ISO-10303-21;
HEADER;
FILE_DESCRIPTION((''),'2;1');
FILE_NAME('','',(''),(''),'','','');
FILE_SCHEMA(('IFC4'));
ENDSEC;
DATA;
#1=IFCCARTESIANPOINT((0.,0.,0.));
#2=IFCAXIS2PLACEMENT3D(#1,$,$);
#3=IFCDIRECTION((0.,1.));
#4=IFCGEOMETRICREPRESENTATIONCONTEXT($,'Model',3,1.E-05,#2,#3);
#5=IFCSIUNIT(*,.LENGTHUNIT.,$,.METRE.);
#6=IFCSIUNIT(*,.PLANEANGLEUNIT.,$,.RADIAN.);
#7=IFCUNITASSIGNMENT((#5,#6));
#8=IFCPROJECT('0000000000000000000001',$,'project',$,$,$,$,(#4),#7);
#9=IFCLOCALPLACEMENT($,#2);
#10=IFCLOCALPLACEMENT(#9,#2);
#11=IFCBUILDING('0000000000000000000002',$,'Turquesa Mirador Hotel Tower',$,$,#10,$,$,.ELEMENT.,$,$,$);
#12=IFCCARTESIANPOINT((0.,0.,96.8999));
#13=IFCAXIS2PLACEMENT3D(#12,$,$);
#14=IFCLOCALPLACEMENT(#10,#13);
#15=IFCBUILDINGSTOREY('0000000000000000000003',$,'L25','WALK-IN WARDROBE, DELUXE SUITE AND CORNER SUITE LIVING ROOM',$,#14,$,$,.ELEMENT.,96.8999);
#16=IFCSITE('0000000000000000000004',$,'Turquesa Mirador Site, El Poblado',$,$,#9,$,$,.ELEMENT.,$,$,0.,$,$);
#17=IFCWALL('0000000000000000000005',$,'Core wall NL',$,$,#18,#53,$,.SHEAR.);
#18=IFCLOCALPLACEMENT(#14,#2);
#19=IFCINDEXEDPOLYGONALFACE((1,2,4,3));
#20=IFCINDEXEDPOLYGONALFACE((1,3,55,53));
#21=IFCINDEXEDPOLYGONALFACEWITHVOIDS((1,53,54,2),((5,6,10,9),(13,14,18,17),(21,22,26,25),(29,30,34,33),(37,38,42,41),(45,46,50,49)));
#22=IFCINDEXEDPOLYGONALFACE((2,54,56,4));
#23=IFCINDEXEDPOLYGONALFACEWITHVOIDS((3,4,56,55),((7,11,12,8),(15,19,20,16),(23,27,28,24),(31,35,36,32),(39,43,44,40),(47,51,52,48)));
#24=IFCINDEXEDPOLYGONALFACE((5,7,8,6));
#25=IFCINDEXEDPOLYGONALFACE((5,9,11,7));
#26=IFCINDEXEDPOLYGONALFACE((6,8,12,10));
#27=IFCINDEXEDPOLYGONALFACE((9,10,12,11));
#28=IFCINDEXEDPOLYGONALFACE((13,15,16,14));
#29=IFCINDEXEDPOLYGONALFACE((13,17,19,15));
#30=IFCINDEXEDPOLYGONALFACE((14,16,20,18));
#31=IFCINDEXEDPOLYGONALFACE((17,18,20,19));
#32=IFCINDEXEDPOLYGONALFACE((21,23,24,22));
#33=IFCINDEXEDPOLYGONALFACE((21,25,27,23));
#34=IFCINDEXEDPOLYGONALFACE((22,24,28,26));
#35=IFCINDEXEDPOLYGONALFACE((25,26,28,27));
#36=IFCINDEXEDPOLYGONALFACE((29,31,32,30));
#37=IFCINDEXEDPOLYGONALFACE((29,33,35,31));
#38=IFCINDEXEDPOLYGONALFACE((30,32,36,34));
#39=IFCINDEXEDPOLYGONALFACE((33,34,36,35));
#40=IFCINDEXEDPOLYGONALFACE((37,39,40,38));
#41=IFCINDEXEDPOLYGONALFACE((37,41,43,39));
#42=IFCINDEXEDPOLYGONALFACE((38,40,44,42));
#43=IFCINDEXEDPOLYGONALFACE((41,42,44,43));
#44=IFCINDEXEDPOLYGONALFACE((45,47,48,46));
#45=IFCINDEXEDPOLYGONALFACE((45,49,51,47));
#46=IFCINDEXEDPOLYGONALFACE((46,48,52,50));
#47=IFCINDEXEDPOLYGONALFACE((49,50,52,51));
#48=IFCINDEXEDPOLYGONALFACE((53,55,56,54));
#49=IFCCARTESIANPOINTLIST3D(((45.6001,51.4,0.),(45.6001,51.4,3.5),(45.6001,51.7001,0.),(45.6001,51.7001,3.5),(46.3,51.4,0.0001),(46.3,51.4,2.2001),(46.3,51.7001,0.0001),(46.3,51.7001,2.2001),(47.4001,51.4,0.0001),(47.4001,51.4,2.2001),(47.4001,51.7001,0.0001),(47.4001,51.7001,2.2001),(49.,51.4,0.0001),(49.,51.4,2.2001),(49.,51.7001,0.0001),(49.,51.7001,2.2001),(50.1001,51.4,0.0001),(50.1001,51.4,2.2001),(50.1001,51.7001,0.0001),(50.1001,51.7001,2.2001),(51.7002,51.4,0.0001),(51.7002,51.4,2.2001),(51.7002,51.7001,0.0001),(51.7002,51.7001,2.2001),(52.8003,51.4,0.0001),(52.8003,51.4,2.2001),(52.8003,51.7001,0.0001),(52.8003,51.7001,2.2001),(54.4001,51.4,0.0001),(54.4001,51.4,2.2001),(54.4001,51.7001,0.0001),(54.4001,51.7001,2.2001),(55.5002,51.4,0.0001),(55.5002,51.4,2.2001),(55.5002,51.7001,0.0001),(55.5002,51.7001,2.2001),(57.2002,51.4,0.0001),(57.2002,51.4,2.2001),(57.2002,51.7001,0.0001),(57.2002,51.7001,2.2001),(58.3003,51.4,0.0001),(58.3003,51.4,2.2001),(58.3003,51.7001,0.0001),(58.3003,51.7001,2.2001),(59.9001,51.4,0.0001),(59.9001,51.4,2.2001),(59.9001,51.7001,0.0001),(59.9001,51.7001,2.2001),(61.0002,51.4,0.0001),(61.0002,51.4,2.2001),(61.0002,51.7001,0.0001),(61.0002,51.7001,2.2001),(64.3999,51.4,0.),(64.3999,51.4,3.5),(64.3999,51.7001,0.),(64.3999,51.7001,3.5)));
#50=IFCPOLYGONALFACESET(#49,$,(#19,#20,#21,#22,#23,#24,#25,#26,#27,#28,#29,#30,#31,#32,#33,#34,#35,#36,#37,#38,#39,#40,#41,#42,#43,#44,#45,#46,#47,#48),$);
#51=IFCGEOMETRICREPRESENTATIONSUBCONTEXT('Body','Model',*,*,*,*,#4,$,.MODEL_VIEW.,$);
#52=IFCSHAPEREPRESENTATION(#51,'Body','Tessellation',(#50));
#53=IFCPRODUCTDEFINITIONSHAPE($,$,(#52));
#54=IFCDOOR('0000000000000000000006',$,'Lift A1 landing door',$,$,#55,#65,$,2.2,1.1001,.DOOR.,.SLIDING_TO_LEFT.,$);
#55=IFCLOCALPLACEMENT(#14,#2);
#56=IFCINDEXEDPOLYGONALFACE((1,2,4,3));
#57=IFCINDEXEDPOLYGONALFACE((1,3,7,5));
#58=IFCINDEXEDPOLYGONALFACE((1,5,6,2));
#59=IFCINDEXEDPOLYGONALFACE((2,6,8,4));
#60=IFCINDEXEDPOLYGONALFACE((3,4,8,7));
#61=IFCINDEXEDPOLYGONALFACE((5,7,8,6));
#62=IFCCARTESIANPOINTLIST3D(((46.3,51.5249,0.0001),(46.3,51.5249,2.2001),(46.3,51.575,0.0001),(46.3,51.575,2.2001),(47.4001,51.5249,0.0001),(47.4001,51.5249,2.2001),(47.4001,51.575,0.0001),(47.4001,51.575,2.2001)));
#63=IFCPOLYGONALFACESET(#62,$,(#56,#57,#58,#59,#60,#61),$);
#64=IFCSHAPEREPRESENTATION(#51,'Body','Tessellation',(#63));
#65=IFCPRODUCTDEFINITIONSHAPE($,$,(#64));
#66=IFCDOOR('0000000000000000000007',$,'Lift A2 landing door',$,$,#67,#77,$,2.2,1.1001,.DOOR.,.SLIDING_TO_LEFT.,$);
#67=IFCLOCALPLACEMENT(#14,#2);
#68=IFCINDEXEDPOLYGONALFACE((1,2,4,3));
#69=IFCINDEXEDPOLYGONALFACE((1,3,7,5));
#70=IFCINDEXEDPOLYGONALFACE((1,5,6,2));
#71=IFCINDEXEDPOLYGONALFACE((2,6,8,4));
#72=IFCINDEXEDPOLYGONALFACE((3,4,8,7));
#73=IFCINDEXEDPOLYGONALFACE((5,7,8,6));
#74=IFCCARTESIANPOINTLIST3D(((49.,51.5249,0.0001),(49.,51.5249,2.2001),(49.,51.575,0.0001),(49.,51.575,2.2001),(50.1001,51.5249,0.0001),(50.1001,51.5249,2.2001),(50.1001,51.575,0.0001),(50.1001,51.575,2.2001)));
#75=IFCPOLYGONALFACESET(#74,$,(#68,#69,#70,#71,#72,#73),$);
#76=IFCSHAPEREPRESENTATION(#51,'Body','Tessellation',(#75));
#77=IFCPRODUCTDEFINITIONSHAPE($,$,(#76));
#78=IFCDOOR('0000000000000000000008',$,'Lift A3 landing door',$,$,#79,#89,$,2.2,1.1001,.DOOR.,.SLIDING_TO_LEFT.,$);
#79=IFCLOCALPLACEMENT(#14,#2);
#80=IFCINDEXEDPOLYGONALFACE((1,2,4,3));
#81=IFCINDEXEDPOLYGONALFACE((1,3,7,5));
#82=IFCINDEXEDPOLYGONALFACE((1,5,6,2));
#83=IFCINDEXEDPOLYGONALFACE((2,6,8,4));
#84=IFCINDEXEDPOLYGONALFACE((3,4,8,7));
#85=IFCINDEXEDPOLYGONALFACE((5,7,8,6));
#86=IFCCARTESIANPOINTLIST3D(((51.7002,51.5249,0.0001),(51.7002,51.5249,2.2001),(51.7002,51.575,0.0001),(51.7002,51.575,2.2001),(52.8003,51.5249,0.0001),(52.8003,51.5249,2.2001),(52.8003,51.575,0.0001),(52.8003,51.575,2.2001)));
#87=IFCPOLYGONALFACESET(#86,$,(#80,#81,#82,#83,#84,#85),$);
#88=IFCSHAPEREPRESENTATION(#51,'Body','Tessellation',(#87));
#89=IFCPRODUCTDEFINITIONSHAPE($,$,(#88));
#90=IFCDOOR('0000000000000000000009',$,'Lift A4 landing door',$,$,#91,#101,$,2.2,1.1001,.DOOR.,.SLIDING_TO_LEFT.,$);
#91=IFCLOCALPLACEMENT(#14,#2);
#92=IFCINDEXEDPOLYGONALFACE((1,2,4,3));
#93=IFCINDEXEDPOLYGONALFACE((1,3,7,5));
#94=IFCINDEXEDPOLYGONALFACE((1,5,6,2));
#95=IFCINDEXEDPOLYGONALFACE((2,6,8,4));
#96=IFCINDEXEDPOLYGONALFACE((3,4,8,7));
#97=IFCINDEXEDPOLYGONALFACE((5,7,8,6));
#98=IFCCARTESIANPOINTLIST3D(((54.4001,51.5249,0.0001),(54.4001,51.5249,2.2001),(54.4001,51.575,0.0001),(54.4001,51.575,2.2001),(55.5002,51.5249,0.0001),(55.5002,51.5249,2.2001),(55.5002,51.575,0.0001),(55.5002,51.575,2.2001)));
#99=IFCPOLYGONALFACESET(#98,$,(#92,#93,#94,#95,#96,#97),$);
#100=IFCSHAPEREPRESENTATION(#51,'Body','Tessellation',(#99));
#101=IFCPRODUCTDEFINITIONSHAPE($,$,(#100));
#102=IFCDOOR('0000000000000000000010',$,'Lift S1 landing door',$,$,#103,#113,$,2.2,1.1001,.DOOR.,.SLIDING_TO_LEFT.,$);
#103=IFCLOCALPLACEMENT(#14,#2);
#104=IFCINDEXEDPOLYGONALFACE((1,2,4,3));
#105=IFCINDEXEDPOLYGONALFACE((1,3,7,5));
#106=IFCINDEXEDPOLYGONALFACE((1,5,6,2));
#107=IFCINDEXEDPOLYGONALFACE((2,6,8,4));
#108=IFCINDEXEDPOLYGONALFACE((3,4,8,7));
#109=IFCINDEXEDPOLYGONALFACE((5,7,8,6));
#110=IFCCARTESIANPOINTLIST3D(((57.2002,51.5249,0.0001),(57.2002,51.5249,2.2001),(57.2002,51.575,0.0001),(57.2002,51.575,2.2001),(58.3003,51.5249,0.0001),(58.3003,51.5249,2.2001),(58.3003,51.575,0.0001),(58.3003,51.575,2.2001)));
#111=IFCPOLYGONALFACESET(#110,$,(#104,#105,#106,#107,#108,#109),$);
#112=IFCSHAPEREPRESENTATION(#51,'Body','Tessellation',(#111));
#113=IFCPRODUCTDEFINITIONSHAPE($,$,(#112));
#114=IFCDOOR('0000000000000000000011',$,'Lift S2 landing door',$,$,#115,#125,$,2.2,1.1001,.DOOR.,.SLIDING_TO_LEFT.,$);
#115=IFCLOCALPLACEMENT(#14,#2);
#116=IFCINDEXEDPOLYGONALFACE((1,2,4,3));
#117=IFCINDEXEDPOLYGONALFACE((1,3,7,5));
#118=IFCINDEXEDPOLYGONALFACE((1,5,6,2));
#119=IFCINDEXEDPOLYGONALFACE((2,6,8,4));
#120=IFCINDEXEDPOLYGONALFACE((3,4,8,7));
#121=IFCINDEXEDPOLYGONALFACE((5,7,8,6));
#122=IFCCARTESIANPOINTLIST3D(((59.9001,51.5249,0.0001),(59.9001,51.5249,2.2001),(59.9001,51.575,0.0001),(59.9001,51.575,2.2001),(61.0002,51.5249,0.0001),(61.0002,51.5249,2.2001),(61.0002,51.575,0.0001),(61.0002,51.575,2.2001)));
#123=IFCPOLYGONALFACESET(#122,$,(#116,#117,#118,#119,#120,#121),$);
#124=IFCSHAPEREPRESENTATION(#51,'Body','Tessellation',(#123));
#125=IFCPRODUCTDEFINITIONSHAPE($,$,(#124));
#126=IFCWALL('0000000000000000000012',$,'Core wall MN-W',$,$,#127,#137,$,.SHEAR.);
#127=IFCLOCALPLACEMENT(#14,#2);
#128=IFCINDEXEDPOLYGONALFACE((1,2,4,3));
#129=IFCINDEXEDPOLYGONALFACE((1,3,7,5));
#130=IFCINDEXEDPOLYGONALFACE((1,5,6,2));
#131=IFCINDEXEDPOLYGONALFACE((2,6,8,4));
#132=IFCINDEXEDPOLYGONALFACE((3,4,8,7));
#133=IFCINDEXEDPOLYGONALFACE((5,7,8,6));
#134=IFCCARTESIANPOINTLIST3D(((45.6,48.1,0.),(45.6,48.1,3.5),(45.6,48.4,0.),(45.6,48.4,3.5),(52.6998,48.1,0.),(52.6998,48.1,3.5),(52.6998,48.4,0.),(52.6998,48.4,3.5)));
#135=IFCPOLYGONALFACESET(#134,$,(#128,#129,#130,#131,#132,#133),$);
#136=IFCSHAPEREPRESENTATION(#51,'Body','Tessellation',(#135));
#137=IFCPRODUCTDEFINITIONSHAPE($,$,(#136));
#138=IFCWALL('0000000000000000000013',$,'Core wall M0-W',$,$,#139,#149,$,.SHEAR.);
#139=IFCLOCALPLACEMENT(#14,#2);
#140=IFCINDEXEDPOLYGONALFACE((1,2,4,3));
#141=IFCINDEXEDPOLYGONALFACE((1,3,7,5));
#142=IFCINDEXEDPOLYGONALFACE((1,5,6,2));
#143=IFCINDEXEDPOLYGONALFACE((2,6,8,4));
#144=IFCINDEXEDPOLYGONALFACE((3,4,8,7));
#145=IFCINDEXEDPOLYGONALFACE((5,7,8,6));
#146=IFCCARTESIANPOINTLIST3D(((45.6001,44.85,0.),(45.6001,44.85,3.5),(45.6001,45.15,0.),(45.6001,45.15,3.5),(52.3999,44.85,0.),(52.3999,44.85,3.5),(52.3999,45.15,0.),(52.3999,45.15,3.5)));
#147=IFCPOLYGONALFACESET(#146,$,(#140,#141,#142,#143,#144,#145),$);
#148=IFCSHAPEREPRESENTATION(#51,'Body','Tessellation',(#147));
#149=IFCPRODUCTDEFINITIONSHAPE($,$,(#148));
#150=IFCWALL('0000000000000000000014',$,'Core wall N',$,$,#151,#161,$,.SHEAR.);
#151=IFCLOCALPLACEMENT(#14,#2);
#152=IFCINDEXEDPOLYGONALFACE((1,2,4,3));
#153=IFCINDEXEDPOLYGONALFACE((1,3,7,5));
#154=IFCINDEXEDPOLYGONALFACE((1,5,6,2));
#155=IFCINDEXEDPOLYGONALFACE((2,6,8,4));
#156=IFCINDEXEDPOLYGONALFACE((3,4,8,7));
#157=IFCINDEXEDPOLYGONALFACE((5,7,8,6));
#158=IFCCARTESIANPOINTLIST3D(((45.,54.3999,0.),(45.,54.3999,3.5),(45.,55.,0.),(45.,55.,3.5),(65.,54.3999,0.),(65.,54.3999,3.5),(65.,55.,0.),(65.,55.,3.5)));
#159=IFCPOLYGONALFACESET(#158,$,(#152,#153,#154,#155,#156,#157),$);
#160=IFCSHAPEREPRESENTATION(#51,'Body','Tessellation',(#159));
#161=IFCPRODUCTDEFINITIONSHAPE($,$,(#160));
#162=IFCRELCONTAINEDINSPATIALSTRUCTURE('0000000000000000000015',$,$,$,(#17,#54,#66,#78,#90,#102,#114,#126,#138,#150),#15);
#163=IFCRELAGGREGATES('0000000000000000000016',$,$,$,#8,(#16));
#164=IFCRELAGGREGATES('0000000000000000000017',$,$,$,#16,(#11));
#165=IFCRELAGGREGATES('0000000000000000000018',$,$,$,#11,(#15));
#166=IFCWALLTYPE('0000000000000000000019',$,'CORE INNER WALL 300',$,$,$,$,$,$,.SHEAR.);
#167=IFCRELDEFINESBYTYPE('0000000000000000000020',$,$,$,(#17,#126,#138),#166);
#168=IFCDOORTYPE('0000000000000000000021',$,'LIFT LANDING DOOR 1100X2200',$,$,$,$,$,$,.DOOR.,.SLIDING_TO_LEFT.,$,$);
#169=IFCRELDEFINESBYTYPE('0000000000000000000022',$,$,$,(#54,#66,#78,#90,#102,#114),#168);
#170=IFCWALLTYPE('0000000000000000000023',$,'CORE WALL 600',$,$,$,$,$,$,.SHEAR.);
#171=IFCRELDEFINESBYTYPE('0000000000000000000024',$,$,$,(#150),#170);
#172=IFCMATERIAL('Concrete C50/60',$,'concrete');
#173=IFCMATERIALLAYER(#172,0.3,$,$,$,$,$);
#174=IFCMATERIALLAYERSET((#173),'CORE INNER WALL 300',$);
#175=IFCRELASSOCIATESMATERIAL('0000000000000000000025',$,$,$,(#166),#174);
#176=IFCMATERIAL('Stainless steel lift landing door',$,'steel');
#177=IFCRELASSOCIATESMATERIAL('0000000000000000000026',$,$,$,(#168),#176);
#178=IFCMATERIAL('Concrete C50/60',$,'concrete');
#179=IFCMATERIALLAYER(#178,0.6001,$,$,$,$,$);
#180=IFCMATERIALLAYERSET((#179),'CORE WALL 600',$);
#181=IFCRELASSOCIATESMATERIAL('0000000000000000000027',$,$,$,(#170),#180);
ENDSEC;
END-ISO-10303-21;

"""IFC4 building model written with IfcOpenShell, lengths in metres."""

from ifc_helpers import new_model, si_unit, direction, frame, frame_2d, origin, place, context, subcontext, project, spatial, rectangle, extrude, material, layer, layer_set, type_object, element, fill, save


model = new_model("IFC4")

# Units and contexts
model_context = context("Model", 3, precision=1e-05, world=origin(), true_north=direction((0.0, 1.0)))
body_context = subcontext(model_context, "Body", "Model", "MODEL_VIEW")
ifc_project = project(units=[si_unit("LENGTHUNIT", "METRE"), si_unit("PLANEANGLEUNIT", "RADIAN")], contexts=[model_context])

# Site, building, storey
site_placement = place(None, origin())
site = spatial("IfcSite", under=ifc_project, at=site_placement, Name="Turquesa Mirador Site, El Poblado", CompositionType="ELEMENT", RefElevation=0.0)
building_placement = place(site_placement, origin())
building = spatial("IfcBuilding", under=site, at=building_placement, Name="Turquesa Mirador Hotel Tower", CompositionType="ELEMENT")
storey_placement = place(building_placement, frame((0.0, 0.0, 96.8999)))
storey = spatial("IfcBuildingStorey", under=building, at=storey_placement, Name="L25", Description="WALK-IN WARDROBE, DELUXE SUITE AND CORNER SUITE LIVING ROOM", CompositionType="ELEMENT", Elevation=96.8999)

# Wall, openings, doors
ifc_material_1 = material(Name="Concrete C50/60", Category="concrete")
ifc_layer_1 = layer(ifc_material_1, 0.3)
ifc_layer_set_1 = layer_set([ifc_layer_1], Name="CORE INNER WALL 300")
wall_type_1 = type_object("IfcWallType", Name="CORE INNER WALL 300", PredefinedType="SHEAR", material=ifc_layer_set_1)
wall_1_placement = place(storey_placement, frame((45.6001, 51.55, 0.0), z_axis=(0.0, 0.0, 1.0), x_axis=(1.0, 0.0, 0.0)))
wall_1 = element("IfcWall", 1, at=wall_1_placement, inside=storey, type_object=wall_type_1, Name="Core wall NL", PredefinedType="SHEAR", context=body_context, shape_type="SweptSolid", body=[
    extrude(rectangle(XDim=18.7998, YDim=0.3, at=frame_2d((9.3999, 0.0))), origin(), (0.0, 0.0, 1.0), 3.5),
])
opening_1_placement = place(wall_1_placement, frame((0.7, 0.0, 0.0)))
opening_1 = element("IfcOpeningElement", 2, at=opening_1_placement, cuts=wall_1, PredefinedType="OPENING", context=body_context, shape_type="SweptSolid", body=[
    extrude(rectangle(XDim=1.1001, YDim=2.2, at=frame_2d((0.55, 1.1001))), frame((0.0, 0.1599, 0.0), z_axis=(0.0, -1.0, 0.0), x_axis=(1.0, 0.0, 0.0)), (0.0, 0.0, 1.0), 0.3201),
])
opening_2_placement = place(wall_1_placement, frame((3.3999, 0.0, 0.0)))
opening_2 = element("IfcOpeningElement", 3, at=opening_2_placement, cuts=wall_1, PredefinedType="OPENING", context=body_context, shape_type="SweptSolid", body=[
    extrude(rectangle(XDim=1.1001, YDim=2.2, at=frame_2d((0.55, 1.1001))), frame((0.0, 0.1599, 0.0), z_axis=(0.0, -1.0, 0.0), x_axis=(1.0, 0.0, 0.0)), (0.0, 0.0, 1.0), 0.3201),
])
opening_3_placement = place(wall_1_placement, frame((6.1001, 0.0, 0.0)))
opening_3 = element("IfcOpeningElement", 4, at=opening_3_placement, cuts=wall_1, PredefinedType="OPENING", context=body_context, shape_type="SweptSolid", body=[
    extrude(rectangle(XDim=1.1001, YDim=2.2, at=frame_2d((0.55, 1.1001))), frame((0.0, 0.1599, 0.0), z_axis=(0.0, -1.0, 0.0), x_axis=(1.0, 0.0, 0.0)), (0.0, 0.0, 1.0), 0.3201),
])
opening_4_placement = place(wall_1_placement, frame((8.8, 0.0, 0.0)))
opening_4 = element("IfcOpeningElement", 5, at=opening_4_placement, cuts=wall_1, PredefinedType="OPENING", context=body_context, shape_type="SweptSolid", body=[
    extrude(rectangle(XDim=1.1001, YDim=2.2, at=frame_2d((0.55, 1.1001))), frame((0.0, 0.1599, 0.0), z_axis=(0.0, -1.0, 0.0), x_axis=(1.0, 0.0, 0.0)), (0.0, 0.0, 1.0), 0.3201),
])
opening_5_placement = place(wall_1_placement, frame((11.6001, 0.0, 0.0)))
opening_5 = element("IfcOpeningElement", 6, at=opening_5_placement, cuts=wall_1, PredefinedType="OPENING", context=body_context, shape_type="SweptSolid", body=[
    extrude(rectangle(XDim=1.1001, YDim=2.2, at=frame_2d((0.55, 1.1001))), frame((0.0, 0.1599, 0.0), z_axis=(0.0, -1.0, 0.0), x_axis=(1.0, 0.0, 0.0)), (0.0, 0.0, 1.0), 0.3201),
])
opening_6_placement = place(wall_1_placement, frame((14.3, 0.0, 0.0)))
opening_6 = element("IfcOpeningElement", 7, at=opening_6_placement, cuts=wall_1, PredefinedType="OPENING", context=body_context, shape_type="SweptSolid", body=[
    extrude(rectangle(XDim=1.1001, YDim=2.2, at=frame_2d((0.55, 1.1001))), frame((0.0, 0.1599, 0.0), z_axis=(0.0, -1.0, 0.0), x_axis=(1.0, 0.0, 0.0)), (0.0, 0.0, 1.0), 0.3201),
])
ifc_material_2 = material(Name="Stainless steel lift landing door", Category="steel")
door_type_1 = type_object("IfcDoorType", Name="LIFT LANDING DOOR 1100X2200", OperationType="SLIDING_TO_LEFT", PredefinedType="DOOR", material=ifc_material_2)
door_1_placement = place(opening_1_placement, origin())
door_1 = element("IfcDoor", 8, at=door_1_placement, inside=storey, type_object=door_type_1, Name="Lift A1 landing door", OperationType="SLIDING_TO_LEFT", OverallHeight=2.2, OverallWidth=1.1001, PredefinedType="DOOR", context=body_context, shape_type="SweptSolid", body=[
    extrude(rectangle(XDim=1.1001, YDim=2.2, at=frame_2d((0.55, 1.1001))), frame((0.0, 0.0249, 0.0), z_axis=(0.0, -1.0, 0.0), x_axis=(1.0, 0.0, 0.0)), (0.0, 0.0, 1.0), 0.05),
])
fill(opening_1, door_1)
door_2_placement = place(opening_2_placement, origin())
door_2 = element("IfcDoor", 9, at=door_2_placement, inside=storey, type_object=door_type_1, Name="Lift A2 landing door", OperationType="SLIDING_TO_LEFT", OverallHeight=2.2, OverallWidth=1.1001, PredefinedType="DOOR", context=body_context, shape_type="SweptSolid", body=[
    extrude(rectangle(XDim=1.1001, YDim=2.2, at=frame_2d((0.55, 1.1001))), frame((0.0, 0.0249, 0.0), z_axis=(0.0, -1.0, 0.0), x_axis=(1.0, 0.0, 0.0)), (0.0, 0.0, 1.0), 0.05),
])
fill(opening_2, door_2)
door_3_placement = place(opening_3_placement, origin())
door_3 = element("IfcDoor", 10, at=door_3_placement, inside=storey, type_object=door_type_1, Name="Lift A3 landing door", OperationType="SLIDING_TO_LEFT", OverallHeight=2.2, OverallWidth=1.1001, PredefinedType="DOOR", context=body_context, shape_type="SweptSolid", body=[
    extrude(rectangle(XDim=1.1001, YDim=2.2, at=frame_2d((0.55, 1.1001))), frame((0.0, 0.0249, 0.0), z_axis=(0.0, -1.0, 0.0), x_axis=(1.0, 0.0, 0.0)), (0.0, 0.0, 1.0), 0.05),
])
fill(opening_3, door_3)
door_4_placement = place(opening_4_placement, origin())
door_4 = element("IfcDoor", 11, at=door_4_placement, inside=storey, type_object=door_type_1, Name="Lift A4 landing door", OperationType="SLIDING_TO_LEFT", OverallHeight=2.2, OverallWidth=1.1001, PredefinedType="DOOR", context=body_context, shape_type="SweptSolid", body=[
    extrude(rectangle(XDim=1.1001, YDim=2.2, at=frame_2d((0.55, 1.1001))), frame((0.0, 0.0249, 0.0), z_axis=(0.0, -1.0, 0.0), x_axis=(1.0, 0.0, 0.0)), (0.0, 0.0, 1.0), 0.05),
])
fill(opening_4, door_4)
door_5_placement = place(opening_5_placement, origin())
door_5 = element("IfcDoor", 12, at=door_5_placement, inside=storey, type_object=door_type_1, Name="Lift S1 landing door", OperationType="SLIDING_TO_LEFT", OverallHeight=2.2, OverallWidth=1.1001, PredefinedType="DOOR", context=body_context, shape_type="SweptSolid", body=[
    extrude(rectangle(XDim=1.1001, YDim=2.2, at=frame_2d((0.55, 1.1001))), frame((0.0, 0.0249, 0.0), z_axis=(0.0, -1.0, 0.0), x_axis=(1.0, 0.0, 0.0)), (0.0, 0.0, 1.0), 0.05),
])
fill(opening_5, door_5)
door_6_placement = place(opening_6_placement, origin())
door_6 = element("IfcDoor", 13, at=door_6_placement, inside=storey, type_object=door_type_1, Name="Lift S2 landing door", OperationType="SLIDING_TO_LEFT", OverallHeight=2.2, OverallWidth=1.1001, PredefinedType="DOOR", context=body_context, shape_type="SweptSolid", body=[
    extrude(rectangle(XDim=1.1001, YDim=2.2, at=frame_2d((0.55, 1.1001))), frame((0.0, 0.0249, 0.0), z_axis=(0.0, -1.0, 0.0), x_axis=(1.0, 0.0, 0.0)), (0.0, 0.0, 1.0), 0.05),
])
fill(opening_6, door_6)

# Walls
wall_2_placement = place(storey_placement, frame((45.6001, 48.25, 0.0), z_axis=(0.0, 0.0, 1.0), x_axis=(1.0, 0.0, 0.0)))
element("IfcWall", 14, at=wall_2_placement, inside=storey, type_object=wall_type_1, Name="Core wall MN-W", PredefinedType="SHEAR", context=body_context, shape_type="SweptSolid", body=[
    extrude(rectangle(XDim=7.0999, YDim=0.3, at=frame_2d((3.5498, 0.0))), origin(), (0.0, 0.0, 1.0), 3.5),
])
wall_3_placement = place(storey_placement, frame((45.6001, 45.0, 0.0), z_axis=(0.0, 0.0, 1.0), x_axis=(1.0, 0.0, 0.0)))
element("IfcWall", 15, at=wall_3_placement, inside=storey, type_object=wall_type_1, Name="Core wall M0-W", PredefinedType="SHEAR", context=body_context, shape_type="SweptSolid", body=[
    extrude(rectangle(XDim=6.7998, YDim=0.3, at=frame_2d((3.3999, 0.0))), origin(), (0.0, 0.0, 1.0), 3.5),
])
ifc_material_3 = material(Name="Concrete C50/60", Category="concrete")
ifc_layer_2 = layer(ifc_material_3, 0.6001)
ifc_layer_set_2 = layer_set([ifc_layer_2], Name="CORE WALL 600")
wall_type_2 = type_object("IfcWallType", Name="CORE WALL 600", PredefinedType="SHEAR", material=ifc_layer_set_2)
wall_4_placement = place(storey_placement, frame((45.0, 54.7, 0.0), z_axis=(0.0, 0.0, 1.0), x_axis=(1.0, 0.0, 0.0)))
element("IfcWall", 16, at=wall_4_placement, inside=storey, type_object=wall_type_2, Name="Core wall N", PredefinedType="SHEAR", context=body_context, shape_type="SweptSolid", body=[
    extrude(rectangle(XDim=20.0, YDim=0.6001, at=frame_2d((10.0, 0.0))), origin(), (0.0, 0.0, 1.0), 3.5),
])

save(model, "model.ifc")
